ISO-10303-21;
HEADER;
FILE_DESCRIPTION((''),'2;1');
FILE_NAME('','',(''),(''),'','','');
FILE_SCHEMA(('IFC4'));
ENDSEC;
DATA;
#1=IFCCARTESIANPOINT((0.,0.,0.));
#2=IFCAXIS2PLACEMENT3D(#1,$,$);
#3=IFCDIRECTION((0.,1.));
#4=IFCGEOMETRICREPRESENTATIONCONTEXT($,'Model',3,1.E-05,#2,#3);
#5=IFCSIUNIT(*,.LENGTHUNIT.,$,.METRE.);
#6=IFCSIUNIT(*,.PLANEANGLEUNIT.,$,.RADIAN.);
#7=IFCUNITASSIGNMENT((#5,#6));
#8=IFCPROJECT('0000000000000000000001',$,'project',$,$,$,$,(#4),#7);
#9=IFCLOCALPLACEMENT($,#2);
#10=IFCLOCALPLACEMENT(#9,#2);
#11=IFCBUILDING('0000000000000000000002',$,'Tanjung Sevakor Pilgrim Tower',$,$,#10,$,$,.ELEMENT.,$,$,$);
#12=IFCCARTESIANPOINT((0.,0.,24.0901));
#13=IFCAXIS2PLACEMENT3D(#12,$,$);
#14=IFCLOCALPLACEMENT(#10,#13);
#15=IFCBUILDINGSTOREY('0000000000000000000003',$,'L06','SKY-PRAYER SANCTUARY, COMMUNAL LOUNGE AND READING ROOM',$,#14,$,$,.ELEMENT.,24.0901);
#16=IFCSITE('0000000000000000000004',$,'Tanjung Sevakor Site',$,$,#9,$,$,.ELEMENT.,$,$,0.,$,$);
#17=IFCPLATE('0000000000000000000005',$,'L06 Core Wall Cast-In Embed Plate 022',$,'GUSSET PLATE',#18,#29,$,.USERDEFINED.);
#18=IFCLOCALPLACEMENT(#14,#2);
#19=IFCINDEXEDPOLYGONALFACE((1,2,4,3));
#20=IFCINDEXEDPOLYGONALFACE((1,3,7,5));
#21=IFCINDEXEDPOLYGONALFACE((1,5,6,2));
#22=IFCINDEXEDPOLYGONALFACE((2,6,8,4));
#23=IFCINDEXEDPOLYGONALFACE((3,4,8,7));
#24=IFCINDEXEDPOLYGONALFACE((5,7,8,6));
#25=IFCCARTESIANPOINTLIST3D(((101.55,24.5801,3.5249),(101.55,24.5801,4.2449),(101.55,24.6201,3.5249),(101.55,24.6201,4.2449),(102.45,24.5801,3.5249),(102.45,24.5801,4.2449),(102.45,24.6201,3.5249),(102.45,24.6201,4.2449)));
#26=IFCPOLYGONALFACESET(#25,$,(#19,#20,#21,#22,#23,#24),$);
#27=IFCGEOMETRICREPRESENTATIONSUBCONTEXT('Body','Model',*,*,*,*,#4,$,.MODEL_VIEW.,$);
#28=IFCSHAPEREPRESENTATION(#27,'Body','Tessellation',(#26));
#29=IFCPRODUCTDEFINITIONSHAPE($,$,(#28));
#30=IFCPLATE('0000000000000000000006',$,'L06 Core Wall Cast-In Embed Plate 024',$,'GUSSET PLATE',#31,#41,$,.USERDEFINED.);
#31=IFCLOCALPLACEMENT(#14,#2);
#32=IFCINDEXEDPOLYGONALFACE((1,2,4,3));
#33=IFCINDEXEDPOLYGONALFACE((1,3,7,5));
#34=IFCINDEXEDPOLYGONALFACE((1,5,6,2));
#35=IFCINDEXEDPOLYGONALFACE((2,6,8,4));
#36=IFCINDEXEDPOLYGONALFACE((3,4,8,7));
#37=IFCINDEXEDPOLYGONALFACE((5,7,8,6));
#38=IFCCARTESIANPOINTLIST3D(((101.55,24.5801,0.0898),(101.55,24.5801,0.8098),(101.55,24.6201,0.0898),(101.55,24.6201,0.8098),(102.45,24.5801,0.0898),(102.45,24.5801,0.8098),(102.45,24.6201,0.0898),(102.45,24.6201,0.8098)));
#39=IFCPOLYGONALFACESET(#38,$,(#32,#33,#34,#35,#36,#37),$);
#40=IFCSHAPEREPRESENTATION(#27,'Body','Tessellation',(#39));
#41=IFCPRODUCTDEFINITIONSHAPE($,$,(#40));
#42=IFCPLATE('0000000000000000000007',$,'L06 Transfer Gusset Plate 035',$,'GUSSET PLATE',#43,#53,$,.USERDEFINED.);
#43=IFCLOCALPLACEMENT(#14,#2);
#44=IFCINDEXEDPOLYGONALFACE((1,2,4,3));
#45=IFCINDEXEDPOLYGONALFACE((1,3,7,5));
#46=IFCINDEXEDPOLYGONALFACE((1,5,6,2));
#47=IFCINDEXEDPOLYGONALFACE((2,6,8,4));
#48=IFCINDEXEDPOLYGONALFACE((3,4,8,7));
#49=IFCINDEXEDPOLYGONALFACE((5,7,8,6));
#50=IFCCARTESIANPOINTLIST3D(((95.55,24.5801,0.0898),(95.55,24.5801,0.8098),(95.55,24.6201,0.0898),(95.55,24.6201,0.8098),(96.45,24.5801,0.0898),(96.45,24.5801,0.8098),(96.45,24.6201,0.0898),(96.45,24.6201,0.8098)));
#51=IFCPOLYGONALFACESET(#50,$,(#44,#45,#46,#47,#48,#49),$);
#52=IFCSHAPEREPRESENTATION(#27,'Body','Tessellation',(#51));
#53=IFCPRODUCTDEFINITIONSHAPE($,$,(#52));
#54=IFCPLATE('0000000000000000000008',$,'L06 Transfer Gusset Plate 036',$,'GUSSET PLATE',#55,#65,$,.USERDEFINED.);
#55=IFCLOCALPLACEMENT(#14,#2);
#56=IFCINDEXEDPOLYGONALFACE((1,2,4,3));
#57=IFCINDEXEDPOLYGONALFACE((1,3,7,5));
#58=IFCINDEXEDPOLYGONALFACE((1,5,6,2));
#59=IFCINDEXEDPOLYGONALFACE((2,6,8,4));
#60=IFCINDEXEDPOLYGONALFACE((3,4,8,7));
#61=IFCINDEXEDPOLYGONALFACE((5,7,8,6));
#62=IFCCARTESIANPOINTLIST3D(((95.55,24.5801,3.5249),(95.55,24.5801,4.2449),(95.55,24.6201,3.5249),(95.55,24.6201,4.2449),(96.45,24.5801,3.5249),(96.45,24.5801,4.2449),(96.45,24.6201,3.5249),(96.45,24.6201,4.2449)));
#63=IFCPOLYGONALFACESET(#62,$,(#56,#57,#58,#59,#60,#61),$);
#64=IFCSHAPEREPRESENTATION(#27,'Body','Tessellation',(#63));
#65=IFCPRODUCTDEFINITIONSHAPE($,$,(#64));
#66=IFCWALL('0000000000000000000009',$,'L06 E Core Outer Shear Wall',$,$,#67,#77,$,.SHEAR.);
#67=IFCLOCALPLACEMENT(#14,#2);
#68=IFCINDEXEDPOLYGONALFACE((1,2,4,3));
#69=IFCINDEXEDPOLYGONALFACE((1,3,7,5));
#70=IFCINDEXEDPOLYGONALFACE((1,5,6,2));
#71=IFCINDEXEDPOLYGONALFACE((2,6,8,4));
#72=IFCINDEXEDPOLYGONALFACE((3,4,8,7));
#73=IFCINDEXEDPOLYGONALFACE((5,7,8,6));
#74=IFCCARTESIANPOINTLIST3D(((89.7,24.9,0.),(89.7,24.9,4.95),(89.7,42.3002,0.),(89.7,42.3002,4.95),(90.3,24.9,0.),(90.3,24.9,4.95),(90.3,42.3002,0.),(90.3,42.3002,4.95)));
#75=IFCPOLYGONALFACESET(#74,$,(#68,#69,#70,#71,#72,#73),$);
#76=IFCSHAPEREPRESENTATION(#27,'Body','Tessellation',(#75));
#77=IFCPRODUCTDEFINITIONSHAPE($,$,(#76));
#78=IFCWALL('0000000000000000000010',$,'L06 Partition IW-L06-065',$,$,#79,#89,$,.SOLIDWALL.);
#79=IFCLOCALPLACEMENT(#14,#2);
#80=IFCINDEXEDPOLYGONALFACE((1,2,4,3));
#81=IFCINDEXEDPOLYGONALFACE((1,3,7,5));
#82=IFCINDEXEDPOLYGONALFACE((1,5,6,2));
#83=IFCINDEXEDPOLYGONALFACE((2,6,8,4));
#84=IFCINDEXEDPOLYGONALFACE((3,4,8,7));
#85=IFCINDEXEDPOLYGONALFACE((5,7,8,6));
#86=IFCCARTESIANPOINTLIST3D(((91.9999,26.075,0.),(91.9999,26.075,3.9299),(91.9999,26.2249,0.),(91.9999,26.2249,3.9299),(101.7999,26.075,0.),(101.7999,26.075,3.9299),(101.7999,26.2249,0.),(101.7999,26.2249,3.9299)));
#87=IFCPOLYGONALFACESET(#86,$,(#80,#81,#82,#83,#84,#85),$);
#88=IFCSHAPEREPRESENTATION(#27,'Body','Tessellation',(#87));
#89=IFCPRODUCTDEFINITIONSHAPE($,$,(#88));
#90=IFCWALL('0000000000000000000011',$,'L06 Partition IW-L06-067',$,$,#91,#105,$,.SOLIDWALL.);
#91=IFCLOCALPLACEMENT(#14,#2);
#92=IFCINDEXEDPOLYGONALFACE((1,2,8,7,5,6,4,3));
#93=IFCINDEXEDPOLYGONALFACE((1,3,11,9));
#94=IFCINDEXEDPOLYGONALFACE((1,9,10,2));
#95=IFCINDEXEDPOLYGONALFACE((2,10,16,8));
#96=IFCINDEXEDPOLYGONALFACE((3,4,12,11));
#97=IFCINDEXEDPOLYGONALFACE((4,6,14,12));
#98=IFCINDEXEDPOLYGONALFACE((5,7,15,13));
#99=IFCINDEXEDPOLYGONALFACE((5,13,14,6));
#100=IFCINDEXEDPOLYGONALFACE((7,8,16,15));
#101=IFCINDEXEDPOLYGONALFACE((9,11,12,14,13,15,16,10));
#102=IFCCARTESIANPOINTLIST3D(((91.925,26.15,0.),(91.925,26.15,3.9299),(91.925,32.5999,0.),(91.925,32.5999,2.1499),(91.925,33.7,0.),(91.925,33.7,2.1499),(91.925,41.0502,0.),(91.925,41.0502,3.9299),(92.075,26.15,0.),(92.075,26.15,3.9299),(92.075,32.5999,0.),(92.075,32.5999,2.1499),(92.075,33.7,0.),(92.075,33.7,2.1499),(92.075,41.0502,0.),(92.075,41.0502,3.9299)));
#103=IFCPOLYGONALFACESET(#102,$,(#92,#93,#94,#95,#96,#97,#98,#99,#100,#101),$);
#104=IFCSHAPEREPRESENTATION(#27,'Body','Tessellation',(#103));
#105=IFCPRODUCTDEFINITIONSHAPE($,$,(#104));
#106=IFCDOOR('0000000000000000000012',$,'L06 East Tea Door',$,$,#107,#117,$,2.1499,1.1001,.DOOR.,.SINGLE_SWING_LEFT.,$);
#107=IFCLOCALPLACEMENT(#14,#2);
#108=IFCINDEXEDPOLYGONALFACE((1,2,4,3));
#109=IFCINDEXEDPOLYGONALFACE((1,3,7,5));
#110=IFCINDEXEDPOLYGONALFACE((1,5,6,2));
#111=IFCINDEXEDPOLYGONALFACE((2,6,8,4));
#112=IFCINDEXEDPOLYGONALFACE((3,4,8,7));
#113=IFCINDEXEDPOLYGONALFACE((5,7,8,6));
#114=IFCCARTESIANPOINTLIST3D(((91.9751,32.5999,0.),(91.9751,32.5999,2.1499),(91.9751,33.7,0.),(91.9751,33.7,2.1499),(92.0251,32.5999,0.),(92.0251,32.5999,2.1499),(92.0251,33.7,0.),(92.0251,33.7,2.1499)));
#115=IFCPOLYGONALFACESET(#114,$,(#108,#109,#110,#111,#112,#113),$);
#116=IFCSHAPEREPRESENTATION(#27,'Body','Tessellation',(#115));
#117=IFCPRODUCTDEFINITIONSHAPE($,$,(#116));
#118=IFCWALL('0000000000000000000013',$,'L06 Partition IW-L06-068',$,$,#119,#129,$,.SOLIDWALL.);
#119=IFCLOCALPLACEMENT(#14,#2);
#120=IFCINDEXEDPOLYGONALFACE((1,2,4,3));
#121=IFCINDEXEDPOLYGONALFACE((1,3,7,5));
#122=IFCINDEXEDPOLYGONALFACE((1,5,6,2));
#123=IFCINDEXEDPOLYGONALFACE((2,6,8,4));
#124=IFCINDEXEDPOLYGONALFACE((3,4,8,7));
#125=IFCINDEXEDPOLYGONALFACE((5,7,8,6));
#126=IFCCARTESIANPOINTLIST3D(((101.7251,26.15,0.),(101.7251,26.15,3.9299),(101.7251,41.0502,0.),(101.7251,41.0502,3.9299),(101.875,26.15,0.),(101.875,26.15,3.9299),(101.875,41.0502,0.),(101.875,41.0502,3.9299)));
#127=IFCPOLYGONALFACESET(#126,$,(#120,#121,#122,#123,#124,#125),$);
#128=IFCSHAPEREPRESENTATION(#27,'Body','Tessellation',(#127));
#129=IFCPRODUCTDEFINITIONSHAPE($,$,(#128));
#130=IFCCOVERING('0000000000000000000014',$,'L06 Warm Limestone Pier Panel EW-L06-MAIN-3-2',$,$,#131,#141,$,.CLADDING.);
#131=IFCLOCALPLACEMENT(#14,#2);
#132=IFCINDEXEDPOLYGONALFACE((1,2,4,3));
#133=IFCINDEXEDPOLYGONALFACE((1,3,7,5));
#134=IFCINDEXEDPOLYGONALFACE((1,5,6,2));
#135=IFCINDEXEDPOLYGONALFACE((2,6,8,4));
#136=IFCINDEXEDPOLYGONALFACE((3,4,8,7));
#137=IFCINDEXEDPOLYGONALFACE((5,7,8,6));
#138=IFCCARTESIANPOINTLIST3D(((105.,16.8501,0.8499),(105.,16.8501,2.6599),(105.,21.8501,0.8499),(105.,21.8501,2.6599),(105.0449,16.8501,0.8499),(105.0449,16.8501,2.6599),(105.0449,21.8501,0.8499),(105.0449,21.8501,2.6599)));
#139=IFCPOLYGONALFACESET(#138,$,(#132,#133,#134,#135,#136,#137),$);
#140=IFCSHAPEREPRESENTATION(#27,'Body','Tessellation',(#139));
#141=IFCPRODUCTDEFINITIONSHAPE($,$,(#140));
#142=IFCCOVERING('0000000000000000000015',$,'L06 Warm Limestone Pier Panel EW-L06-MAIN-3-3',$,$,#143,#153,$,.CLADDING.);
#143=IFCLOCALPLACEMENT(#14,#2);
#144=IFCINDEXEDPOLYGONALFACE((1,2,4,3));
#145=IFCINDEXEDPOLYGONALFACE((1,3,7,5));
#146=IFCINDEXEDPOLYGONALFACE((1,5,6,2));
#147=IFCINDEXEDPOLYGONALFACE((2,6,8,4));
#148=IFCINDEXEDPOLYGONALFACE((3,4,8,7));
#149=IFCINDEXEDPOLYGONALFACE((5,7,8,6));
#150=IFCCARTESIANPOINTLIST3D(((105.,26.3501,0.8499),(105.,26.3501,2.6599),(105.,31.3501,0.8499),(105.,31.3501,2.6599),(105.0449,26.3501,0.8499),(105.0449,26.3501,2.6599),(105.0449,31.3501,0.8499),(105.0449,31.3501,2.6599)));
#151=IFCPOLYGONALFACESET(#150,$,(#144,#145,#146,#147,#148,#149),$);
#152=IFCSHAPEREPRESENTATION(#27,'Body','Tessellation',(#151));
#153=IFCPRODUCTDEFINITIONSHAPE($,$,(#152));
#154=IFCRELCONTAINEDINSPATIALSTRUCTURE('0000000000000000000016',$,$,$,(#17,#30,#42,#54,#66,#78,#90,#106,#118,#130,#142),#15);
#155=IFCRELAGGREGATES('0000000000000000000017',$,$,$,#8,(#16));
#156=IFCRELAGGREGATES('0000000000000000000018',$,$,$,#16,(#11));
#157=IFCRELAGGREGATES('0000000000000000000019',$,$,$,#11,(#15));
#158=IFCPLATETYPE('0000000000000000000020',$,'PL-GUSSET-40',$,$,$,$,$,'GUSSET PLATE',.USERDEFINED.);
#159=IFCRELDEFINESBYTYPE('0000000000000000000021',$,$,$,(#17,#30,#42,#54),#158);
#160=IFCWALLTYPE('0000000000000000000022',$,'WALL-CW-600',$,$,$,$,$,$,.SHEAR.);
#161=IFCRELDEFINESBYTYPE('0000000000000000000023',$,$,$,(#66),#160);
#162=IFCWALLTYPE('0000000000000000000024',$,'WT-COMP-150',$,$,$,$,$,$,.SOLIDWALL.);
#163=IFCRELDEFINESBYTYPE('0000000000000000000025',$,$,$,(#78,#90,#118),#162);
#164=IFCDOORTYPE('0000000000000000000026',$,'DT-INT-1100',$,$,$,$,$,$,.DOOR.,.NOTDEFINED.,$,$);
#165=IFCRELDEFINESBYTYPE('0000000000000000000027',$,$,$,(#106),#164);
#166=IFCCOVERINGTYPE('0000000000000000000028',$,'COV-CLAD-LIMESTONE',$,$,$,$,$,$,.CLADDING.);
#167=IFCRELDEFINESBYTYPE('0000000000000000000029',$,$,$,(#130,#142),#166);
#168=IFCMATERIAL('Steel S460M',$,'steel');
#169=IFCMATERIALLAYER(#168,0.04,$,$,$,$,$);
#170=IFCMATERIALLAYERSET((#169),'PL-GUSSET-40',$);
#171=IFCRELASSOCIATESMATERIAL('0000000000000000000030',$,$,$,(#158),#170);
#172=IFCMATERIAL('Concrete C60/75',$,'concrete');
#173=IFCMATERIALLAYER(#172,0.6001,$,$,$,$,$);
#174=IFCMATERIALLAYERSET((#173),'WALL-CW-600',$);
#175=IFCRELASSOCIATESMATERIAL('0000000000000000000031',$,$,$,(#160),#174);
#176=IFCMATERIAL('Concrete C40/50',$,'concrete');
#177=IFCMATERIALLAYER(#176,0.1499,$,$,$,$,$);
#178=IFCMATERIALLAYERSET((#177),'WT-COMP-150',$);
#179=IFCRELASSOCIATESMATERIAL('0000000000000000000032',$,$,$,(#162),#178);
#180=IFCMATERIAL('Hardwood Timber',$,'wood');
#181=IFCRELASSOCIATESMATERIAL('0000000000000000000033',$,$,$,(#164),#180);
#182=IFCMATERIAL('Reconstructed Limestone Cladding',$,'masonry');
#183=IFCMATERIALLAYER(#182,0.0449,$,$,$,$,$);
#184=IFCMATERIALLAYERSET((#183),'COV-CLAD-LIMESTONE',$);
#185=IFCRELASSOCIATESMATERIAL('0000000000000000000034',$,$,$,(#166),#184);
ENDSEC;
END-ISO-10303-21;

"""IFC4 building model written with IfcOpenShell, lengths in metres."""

from ifc_helpers import new_model, si_unit, direction, frame, frame_2d, origin, origin_2d, place, context, subcontext, project, spatial, rectangle, extrude, material, layer, layer_set, type_object, element, fill, save


model = new_model("IFC4")

# Units and contexts
model_context = context("Model", 3, precision=1e-05, world=origin(), true_north=direction((0.0, 1.0)))
body_context = subcontext(model_context, "Body", "Model", "MODEL_VIEW")
ifc_project = project(units=[si_unit("LENGTHUNIT", "METRE"), si_unit("PLANEANGLEUNIT", "RADIAN")], contexts=[model_context])

# Site, building, storey
site_placement = place(None, origin())
site = spatial("IfcSite", under=ifc_project, at=site_placement, Name="Tanjung Sevakor Site", CompositionType="ELEMENT", RefElevation=0.0)
building_placement = place(site_placement, origin())
building = spatial("IfcBuilding", under=site, at=building_placement, Name="Tanjung Sevakor Pilgrim Tower", CompositionType="ELEMENT")
storey_placement = place(building_placement, frame((0.0, 0.0, 24.0901)))
storey = spatial("IfcBuildingStorey", under=building, at=storey_placement, Name="L06", Description="SKY-PRAYER SANCTUARY, COMMUNAL LOUNGE AND READING ROOM", CompositionType="ELEMENT", Elevation=24.0901)

# Plates
ifc_material_1 = material(Name="Steel S460M", Category="steel")
ifc_layer_1 = layer(ifc_material_1, 0.04)
ifc_layer_set_1 = layer_set([ifc_layer_1], Name="PL-GUSSET-40")
plate_type = type_object("IfcPlateType", Name="PL-GUSSET-40", ElementType="GUSSET PLATE", PredefinedType="USERDEFINED", material=ifc_layer_set_1)
for number, where, z_axis, x_axis, name in (
    (1, (102.0, 24.6001, 3.5249), (0.0, 0.0, 1.0), (1.0, 0.0, 0.0), "L06 Core Wall Cast-In Embed Plate 022"),
    (2, (102.0, 24.6001, 0.0898), (0.0, 0.0, 1.0), (1.0, 0.0, 0.0), "L06 Core Wall Cast-In Embed Plate 024"),
    (3, (96.0, 24.6001, 0.0898), (0.0, 0.0, 1.0), (1.0, 0.0, 0.0), "L06 Transfer Gusset Plate 035"),
    (4, (96.0, 24.6001, 3.5249), (0.0, 0.0, 1.0), (1.0, 0.0, 0.0), "L06 Transfer Gusset Plate 036"),
):
    element("IfcPlate", number, at=place(storey_placement, frame(where, z_axis=z_axis, x_axis=x_axis)), inside=storey, type_object=plate_type, Name=name, ObjectType="GUSSET PLATE", PredefinedType="USERDEFINED", context=body_context, shape_type="SweptSolid", body=[
        extrude(rectangle(XDim=0.8999, YDim=0.04, at=origin_2d()), origin(), (0.0, 0.0, 1.0), 0.72),
    ])

# Walls
ifc_material_2 = material(Name="Concrete C60/75", Category="concrete")
ifc_layer_2 = layer(ifc_material_2, 0.6001)
ifc_layer_set_2 = layer_set([ifc_layer_2], Name="WALL-CW-600")
wall_type_1 = type_object("IfcWallType", Name="WALL-CW-600", PredefinedType="SHEAR", material=ifc_layer_set_2)
wall_1_placement = place(storey_placement, frame((90.0, 24.8999, 0.0), z_axis=(0.0, 0.0, 1.0), x_axis=(0.0, 1.0, 0.0)))
element("IfcWall", 5, at=wall_1_placement, inside=storey, type_object=wall_type_1, Name="L06 E Core Outer Shear Wall", PredefinedType="SHEAR", context=body_context, shape_type="SweptSolid", body=[
    extrude(rectangle(XDim=17.4001, YDim=0.6001, at=frame_2d((8.7002, 0.0))), origin(), (0.0, 0.0, 1.0), 4.95),
])
ifc_material_3 = material(Name="Concrete C40/50", Category="concrete")
ifc_layer_3 = layer(ifc_material_3, 0.1499)
ifc_layer_set_3 = layer_set([ifc_layer_3], Name="WT-COMP-150")
wall_type_2 = type_object("IfcWallType", Name="WT-COMP-150", PredefinedType="SOLIDWALL", material=ifc_layer_set_3)
wall_2_placement = place(storey_placement, frame((92.0, 26.1499, 0.0), z_axis=(0.0, 0.0, 1.0), x_axis=(1.0, 0.0, 0.0)))
element("IfcWall", 6, at=wall_2_placement, inside=storey, type_object=wall_type_2, Name="L06 Partition IW-L06-065", PredefinedType="SOLIDWALL", context=body_context, shape_type="SweptSolid", body=[
    extrude(rectangle(XDim=9.8, YDim=0.1499, at=frame_2d((4.8999, 0.0))), origin(), (0.0, 0.0, 1.0), 3.9299),
])

# Wall, opening, door
wall_3_placement = place(storey_placement, frame((92.0, 26.1499, 0.0), z_axis=(0.0, 0.0, 1.0), x_axis=(0.0, 1.0, 0.0)))
wall_3 = element("IfcWall", 7, at=wall_3_placement, inside=storey, type_object=wall_type_2, Name="L06 Partition IW-L06-067", PredefinedType="SOLIDWALL", context=body_context, shape_type="SweptSolid", body=[
    extrude(rectangle(XDim=14.9001, YDim=0.1499, at=frame_2d((7.4502, 0.0))), origin(), (0.0, 0.0, 1.0), 3.9299),
])
opening_placement = place(wall_3_placement, frame((6.45, 0.0, 0.0)))
opening = element("IfcOpeningElement", 8, at=opening_placement, cuts=wall_3, PredefinedType="OPENING", context=body_context, shape_type="SweptSolid", body=[
    extrude(rectangle(XDim=1.1001, YDim=2.1499, at=frame_2d((0.55, 1.075))), frame((0.0, 0.085, 0.0), z_axis=(0.0, -1.0, 0.0), x_axis=(1.0, 0.0, 0.0)), (0.0, 0.0, 1.0), 0.1699),
])
ifc_material_4 = material(Name="Hardwood Timber", Category="wood")
door_type = type_object("IfcDoorType", Name="DT-INT-1100", OperationType="NOTDEFINED", PredefinedType="DOOR", material=ifc_material_4)
door_placement = place(opening_placement, origin())
door = element("IfcDoor", 9, at=door_placement, inside=storey, type_object=door_type, Name="L06 East Tea Door", OperationType="SINGLE_SWING_LEFT", OverallHeight=2.1499, OverallWidth=1.1001, PredefinedType="DOOR", context=body_context, shape_type="SweptSolid", body=[
    extrude(rectangle(XDim=1.1001, YDim=2.1499, at=frame_2d((0.55, 1.075))), frame((0.0, 0.0249, 0.0), z_axis=(0.0, -1.0, 0.0), x_axis=(1.0, 0.0, 0.0)), (0.0, 0.0, 1.0), 0.05),
])
fill(opening, door)

# Wall
wall_4_placement = place(storey_placement, frame((101.8, 26.1499, 0.0), z_axis=(0.0, 0.0, 1.0), x_axis=(0.0, 1.0, 0.0)))
element("IfcWall", 10, at=wall_4_placement, inside=storey, type_object=wall_type_2, Name="L06 Partition IW-L06-068", PredefinedType="SOLIDWALL", context=body_context, shape_type="SweptSolid", body=[
    extrude(rectangle(XDim=14.9001, YDim=0.1499, at=frame_2d((7.4502, 0.0))), origin(), (0.0, 0.0, 1.0), 3.9299),
])

# Coverings
ifc_material_5 = material(Name="Reconstructed Limestone Cladding", Category="masonry")
ifc_layer_4 = layer(ifc_material_5, 0.0449)
ifc_layer_set_4 = layer_set([ifc_layer_4], Name="COV-CLAD-LIMESTONE")
covering_type = type_object("IfcCoveringType", Name="COV-CLAD-LIMESTONE", PredefinedType="CLADDING", material=ifc_layer_set_4)
for number, where, z_axis, x_axis, name in (
    (11, (105.0225, 19.3501, 0.8499), (0.0, 0.0, 1.0), (0.0, 1.0, 0.0), "L06 Warm Limestone Pier Panel EW-L06-MAIN-3-2"),
    (12, (105.0225, 28.8501, 0.8499), (0.0, 0.0, 1.0), (0.0, 1.0, 0.0), "L06 Warm Limestone Pier Panel EW-L06-MAIN-3-3"),
):
    element("IfcCovering", number, at=place(storey_placement, frame(where, z_axis=z_axis, x_axis=x_axis)), inside=storey, type_object=covering_type, Name=name, PredefinedType="CLADDING", context=body_context, shape_type="SweptSolid", body=[
        extrude(rectangle(XDim=5.0, YDim=0.0449, at=origin_2d()), origin(), (0.0, 0.0, 1.0), 1.8101),
    ])

save(model, "model.ifc")
